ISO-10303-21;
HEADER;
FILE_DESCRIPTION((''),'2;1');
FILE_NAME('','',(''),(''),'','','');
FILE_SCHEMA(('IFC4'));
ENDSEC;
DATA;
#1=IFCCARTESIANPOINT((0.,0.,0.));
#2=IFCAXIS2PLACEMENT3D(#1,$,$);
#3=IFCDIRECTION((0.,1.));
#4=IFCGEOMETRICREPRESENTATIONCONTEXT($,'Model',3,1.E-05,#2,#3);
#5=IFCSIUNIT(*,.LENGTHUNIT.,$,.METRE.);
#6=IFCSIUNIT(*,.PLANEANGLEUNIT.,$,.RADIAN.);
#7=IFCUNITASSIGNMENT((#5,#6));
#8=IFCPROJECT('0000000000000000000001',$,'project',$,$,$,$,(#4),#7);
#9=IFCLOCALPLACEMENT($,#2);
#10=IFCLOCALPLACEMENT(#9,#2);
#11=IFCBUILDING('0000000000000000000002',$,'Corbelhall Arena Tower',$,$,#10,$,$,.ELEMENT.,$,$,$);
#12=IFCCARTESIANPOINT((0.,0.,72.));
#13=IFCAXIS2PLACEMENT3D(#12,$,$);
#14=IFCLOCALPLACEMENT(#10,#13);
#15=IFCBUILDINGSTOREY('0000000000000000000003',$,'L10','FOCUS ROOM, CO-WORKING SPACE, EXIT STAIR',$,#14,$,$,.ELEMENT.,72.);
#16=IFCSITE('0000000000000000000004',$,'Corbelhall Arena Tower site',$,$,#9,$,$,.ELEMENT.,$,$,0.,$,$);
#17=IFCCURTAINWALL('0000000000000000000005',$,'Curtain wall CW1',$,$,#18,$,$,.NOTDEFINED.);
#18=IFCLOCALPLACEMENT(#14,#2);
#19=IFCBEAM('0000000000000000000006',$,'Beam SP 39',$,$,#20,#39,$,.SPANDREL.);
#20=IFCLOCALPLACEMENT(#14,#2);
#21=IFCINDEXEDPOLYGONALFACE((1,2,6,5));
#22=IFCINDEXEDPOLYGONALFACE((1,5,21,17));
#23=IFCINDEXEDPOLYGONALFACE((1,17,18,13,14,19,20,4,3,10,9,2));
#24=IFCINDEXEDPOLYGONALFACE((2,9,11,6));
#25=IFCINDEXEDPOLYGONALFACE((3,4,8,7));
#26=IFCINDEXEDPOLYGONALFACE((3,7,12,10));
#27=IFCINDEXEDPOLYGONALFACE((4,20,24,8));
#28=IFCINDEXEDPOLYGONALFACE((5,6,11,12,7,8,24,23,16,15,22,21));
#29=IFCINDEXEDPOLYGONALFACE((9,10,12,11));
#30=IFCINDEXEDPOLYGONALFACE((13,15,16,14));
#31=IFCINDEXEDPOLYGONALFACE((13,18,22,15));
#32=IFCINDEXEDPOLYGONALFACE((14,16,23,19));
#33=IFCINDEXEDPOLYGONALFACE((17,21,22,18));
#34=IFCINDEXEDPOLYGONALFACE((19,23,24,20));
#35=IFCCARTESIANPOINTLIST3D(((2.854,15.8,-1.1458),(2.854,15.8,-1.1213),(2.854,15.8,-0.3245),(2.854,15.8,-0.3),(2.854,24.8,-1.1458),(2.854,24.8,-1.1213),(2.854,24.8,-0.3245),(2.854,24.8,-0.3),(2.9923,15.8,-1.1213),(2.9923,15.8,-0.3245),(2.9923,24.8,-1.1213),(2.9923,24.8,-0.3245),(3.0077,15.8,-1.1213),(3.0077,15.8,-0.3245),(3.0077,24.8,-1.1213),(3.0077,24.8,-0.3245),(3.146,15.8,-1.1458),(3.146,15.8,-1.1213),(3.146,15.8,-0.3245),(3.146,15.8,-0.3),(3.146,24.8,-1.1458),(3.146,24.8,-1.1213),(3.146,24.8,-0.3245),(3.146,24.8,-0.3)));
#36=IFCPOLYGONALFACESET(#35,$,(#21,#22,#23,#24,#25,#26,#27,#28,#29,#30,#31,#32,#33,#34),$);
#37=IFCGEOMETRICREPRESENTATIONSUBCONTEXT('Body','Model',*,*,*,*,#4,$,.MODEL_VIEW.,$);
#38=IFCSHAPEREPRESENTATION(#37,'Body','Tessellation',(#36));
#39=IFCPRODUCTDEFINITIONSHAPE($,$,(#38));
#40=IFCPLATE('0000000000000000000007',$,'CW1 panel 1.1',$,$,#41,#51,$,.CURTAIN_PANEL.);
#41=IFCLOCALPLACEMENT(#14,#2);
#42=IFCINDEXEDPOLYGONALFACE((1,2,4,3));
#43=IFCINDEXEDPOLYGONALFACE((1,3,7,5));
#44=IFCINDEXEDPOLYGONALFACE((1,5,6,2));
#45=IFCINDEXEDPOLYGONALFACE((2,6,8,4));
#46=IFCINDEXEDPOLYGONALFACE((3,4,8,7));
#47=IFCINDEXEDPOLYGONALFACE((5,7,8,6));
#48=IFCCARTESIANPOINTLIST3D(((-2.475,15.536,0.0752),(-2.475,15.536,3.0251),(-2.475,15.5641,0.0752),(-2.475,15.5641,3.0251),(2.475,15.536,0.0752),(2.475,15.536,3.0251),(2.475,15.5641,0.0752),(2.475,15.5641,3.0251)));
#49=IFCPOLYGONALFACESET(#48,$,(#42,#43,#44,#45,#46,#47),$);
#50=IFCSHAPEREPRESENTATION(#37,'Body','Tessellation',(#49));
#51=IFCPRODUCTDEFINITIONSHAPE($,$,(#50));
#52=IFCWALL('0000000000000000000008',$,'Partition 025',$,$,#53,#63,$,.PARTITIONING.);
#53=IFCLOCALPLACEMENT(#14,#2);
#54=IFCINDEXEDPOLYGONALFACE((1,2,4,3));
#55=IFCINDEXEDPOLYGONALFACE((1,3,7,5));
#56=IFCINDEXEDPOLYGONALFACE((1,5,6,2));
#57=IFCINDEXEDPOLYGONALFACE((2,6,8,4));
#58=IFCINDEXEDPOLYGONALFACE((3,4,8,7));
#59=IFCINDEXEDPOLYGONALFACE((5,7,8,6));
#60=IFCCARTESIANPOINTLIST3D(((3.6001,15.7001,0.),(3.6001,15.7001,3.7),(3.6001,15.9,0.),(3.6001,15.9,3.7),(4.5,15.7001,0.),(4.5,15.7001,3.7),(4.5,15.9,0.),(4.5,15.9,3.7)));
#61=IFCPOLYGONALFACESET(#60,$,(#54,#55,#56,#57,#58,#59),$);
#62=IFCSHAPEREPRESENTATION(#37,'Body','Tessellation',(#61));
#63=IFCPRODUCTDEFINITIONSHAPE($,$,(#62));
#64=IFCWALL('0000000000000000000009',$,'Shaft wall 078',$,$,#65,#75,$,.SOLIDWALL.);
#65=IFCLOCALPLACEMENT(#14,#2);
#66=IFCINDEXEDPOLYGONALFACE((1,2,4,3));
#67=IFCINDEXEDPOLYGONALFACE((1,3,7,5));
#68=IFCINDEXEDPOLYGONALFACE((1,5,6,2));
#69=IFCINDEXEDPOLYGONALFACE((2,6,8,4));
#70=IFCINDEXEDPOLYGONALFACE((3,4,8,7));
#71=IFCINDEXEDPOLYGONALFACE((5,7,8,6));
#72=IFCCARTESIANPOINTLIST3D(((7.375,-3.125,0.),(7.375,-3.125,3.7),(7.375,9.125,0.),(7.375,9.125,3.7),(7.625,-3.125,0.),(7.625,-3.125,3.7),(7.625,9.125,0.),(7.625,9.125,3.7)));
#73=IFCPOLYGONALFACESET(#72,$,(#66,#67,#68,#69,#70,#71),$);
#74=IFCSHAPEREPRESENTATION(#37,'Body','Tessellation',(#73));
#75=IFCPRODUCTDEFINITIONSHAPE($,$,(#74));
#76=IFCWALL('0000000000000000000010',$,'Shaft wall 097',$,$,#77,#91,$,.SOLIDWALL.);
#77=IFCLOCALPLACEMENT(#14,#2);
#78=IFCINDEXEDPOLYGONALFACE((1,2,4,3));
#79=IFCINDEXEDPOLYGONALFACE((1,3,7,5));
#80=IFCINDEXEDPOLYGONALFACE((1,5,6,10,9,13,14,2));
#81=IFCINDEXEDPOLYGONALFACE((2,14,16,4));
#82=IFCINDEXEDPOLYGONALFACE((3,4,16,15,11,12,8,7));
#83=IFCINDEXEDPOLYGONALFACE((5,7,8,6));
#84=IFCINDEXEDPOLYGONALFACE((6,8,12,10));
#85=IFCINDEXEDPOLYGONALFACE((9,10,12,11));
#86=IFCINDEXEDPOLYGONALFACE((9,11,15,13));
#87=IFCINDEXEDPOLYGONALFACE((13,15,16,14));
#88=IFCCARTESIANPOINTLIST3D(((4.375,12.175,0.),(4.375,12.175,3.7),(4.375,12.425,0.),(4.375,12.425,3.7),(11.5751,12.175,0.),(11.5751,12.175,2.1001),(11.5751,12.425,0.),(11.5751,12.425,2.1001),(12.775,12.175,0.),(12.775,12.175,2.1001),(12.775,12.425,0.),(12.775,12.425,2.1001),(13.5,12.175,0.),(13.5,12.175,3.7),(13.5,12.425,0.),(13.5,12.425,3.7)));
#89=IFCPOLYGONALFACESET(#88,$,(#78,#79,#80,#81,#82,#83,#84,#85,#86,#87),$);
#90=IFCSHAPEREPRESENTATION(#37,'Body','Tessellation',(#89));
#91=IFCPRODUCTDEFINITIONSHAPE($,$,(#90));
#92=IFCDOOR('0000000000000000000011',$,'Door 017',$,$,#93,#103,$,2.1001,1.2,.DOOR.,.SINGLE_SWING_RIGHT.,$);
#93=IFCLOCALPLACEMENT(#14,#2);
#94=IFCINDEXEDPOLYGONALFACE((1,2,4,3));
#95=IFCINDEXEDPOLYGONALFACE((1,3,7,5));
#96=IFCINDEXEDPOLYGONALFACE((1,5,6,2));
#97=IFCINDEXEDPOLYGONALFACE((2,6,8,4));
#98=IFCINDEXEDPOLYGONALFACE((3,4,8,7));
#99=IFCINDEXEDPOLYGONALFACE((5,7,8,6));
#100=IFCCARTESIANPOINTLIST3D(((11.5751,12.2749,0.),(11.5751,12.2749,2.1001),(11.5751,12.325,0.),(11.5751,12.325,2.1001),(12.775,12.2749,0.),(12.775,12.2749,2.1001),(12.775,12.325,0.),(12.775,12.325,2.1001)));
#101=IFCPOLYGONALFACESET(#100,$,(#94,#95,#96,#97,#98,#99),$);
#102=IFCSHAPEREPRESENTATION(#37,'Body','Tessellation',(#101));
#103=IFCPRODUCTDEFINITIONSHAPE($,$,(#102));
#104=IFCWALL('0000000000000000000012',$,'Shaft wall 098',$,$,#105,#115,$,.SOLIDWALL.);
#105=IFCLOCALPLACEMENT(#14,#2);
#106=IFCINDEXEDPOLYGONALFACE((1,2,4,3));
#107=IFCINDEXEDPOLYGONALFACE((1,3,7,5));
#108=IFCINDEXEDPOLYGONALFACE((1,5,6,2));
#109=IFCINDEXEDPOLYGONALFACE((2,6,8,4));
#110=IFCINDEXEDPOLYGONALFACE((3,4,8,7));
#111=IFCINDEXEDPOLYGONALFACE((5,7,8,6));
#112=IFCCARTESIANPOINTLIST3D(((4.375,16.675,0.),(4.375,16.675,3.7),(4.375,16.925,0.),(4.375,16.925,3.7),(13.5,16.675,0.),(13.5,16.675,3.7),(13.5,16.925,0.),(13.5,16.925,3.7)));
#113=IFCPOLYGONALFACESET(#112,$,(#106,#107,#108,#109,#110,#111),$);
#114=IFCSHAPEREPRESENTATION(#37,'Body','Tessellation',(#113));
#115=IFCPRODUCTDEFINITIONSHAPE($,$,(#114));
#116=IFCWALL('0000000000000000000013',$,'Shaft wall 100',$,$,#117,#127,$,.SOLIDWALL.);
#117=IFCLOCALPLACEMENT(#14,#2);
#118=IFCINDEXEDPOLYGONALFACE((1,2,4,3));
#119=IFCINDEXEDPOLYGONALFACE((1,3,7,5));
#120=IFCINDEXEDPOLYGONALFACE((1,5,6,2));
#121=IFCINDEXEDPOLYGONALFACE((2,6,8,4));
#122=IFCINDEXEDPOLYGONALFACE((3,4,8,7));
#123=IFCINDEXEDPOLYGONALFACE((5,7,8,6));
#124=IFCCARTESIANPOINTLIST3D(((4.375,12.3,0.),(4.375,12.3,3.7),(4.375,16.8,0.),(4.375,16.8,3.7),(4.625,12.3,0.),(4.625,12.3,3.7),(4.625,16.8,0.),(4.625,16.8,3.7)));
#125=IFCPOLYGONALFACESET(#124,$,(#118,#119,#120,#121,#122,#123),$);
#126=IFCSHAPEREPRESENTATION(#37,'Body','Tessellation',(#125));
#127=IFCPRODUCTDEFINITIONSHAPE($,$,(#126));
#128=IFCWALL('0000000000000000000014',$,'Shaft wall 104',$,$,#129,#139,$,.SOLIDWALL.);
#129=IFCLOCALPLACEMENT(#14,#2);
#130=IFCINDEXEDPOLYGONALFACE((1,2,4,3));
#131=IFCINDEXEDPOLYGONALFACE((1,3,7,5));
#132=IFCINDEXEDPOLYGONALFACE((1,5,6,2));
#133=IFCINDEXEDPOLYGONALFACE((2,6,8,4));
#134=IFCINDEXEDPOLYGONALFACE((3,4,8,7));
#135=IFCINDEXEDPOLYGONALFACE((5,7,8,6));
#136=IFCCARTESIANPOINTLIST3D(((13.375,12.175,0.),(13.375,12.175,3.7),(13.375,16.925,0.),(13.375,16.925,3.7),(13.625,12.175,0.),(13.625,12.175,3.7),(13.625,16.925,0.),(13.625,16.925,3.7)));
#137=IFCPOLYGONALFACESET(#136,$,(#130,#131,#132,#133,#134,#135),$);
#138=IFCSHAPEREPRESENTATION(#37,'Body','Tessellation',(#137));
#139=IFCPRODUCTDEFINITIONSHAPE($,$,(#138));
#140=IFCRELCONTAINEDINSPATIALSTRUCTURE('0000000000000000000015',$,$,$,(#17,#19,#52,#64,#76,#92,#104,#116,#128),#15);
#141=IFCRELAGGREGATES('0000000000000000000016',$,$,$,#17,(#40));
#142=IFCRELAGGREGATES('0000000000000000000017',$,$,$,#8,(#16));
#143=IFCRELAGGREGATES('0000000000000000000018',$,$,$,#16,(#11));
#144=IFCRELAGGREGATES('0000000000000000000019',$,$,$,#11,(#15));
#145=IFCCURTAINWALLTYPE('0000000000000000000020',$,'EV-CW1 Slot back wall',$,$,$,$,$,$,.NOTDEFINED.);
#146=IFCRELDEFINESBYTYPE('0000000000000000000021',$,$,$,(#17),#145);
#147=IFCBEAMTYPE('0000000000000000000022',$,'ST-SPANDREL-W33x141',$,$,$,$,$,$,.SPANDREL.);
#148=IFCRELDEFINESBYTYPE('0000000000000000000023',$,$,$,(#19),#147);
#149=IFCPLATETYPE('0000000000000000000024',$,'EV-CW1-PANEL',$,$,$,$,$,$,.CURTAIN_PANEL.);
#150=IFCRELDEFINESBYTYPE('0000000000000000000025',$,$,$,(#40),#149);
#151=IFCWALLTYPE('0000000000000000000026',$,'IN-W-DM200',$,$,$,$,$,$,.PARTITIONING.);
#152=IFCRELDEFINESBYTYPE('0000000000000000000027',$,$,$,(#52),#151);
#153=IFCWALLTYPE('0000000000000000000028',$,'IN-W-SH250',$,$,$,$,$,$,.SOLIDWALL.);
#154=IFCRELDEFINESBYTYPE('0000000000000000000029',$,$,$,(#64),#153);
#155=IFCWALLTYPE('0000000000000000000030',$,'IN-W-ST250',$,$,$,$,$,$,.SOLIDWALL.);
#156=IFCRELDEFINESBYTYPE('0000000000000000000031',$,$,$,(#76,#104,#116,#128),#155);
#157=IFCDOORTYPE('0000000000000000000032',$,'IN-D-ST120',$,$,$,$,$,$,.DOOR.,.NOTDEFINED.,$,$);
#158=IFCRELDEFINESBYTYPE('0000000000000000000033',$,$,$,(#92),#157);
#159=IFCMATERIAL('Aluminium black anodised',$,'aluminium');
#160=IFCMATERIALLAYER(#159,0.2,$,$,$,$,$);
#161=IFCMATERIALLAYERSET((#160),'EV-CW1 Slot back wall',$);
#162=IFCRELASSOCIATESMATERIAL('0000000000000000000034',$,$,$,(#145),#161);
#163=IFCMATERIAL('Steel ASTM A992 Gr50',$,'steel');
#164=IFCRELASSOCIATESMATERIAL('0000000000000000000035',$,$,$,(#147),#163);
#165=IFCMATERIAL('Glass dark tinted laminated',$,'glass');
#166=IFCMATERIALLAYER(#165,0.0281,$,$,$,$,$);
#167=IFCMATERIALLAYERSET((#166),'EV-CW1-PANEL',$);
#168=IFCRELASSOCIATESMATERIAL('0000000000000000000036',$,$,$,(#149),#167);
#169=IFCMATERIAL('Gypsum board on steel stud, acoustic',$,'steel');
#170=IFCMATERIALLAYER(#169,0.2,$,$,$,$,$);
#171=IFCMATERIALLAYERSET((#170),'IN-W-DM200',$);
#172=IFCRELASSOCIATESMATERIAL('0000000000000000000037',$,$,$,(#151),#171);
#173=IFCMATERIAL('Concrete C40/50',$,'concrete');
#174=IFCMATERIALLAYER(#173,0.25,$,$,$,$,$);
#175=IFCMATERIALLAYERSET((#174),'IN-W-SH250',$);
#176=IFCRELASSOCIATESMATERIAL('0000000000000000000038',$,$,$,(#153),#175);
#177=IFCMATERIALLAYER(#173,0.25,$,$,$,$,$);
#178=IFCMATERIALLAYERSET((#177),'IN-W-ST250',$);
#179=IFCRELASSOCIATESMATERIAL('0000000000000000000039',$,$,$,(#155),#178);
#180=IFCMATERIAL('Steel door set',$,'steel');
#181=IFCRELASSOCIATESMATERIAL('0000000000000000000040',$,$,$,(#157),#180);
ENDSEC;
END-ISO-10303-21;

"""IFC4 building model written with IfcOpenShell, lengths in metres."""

from ifc_helpers import new_model, si_unit, direction, frame, frame_2d, origin, origin_2d, place, context, subcontext, project, spatial, rectangle, i_section, extrude, material, layer, layer_set, material_profile, profile_set, type_object, element, fill, aggregate, save


model = new_model("IFC4")

# Units and contexts
model_context = context("Model", 3, precision=1e-05, world=origin(), true_north=direction((0.0, 1.0)))
body_context = subcontext(model_context, "Body", "Model", "MODEL_VIEW")
ifc_project = project(units=[si_unit("LENGTHUNIT", "METRE"), si_unit("PLANEANGLEUNIT", "RADIAN")], contexts=[model_context])

# Site, building, storey
site_placement = place(None, origin())
site = spatial("IfcSite", under=ifc_project, at=site_placement, Name="Corbelhall Arena Tower site", CompositionType="ELEMENT", RefElevation=0.0)
building_placement = place(site_placement, origin())
building = spatial("IfcBuilding", under=site, at=building_placement, Name="Corbelhall Arena Tower", CompositionType="ELEMENT")
storey_placement = place(building_placement, frame((0.0, 0.0, 72.0)))
storey = spatial("IfcBuildingStorey", under=building, at=storey_placement, Name="L10", Description="FOCUS ROOM, CO-WORKING SPACE, EXIT STAIR", CompositionType="ELEMENT", Elevation=72.0)

# Curtain wall
ifc_material_1 = material(Name="Aluminium black anodised", Category="aluminium")
ifc_layer_1 = layer(ifc_material_1, 0.2)
ifc_layer_set_1 = layer_set([ifc_layer_1], Name="EV-CW1 Slot back wall")
curtain_wall_type = type_object("IfcCurtainWallType", Name="EV-CW1 Slot back wall", PredefinedType="NOTDEFINED", material=ifc_layer_set_1)
curtain_wall_placement = place(storey_placement, origin())
curtain_wall = element("IfcCurtainWall", 1, at=curtain_wall_placement, inside=storey, type_object=curtain_wall_type, Name="Curtain wall CW1", PredefinedType="NOTDEFINED")

# Beam
ifc_material_2 = material(Name="Steel ASTM A992 Gr50", Category="steel")
ifc_material_profile_1 = material_profile(ifc_material_2, i_section(OverallWidth=0.292, OverallDepth=0.8457, WebThickness=0.0154, FlangeThickness=0.0244, at=origin_2d()))
ifc_profile_set_1 = profile_set([ifc_material_profile_1], Name="Steel ASTM A992 Gr50")
beam_type_1 = type_object("IfcBeamType", Name="ST-SPANDREL-W33x141", PredefinedType="SPANDREL", material=ifc_profile_set_1)
beam_1_placement = place(storey_placement, frame((3.0, 15.8, -0.7229), z_axis=(0.0, 1.0, 0.0), x_axis=(-1.0, 0.0, 0.0)))
element("IfcBeam", 2, at=beam_1_placement, inside=storey, type_object=beam_type_1, Name="Beam SP 39", PredefinedType="SPANDREL", context=body_context, shape_type="SweptSolid", body=[
    extrude(i_section(OverallWidth=0.292, OverallDepth=0.8457, WebThickness=0.0154, FlangeThickness=0.0244, at=origin_2d()), origin(), (0.0, 0.0, 1.0), 9.0),
])

# Plate
ifc_material_3 = material(Name="Glass dark tinted laminated", Category="glass")
ifc_layer_2 = layer(ifc_material_3, 0.0281)
ifc_layer_set_2 = layer_set([ifc_layer_2], Name="EV-CW1-PANEL")
plate_type = type_object("IfcPlateType", Name="EV-CW1-PANEL", PredefinedType="CURTAIN_PANEL", material=ifc_layer_set_2)
plate_placement = place(storey_placement, frame((0.0, 15.55, 0.0752), z_axis=(0.0, 0.0, 1.0), x_axis=(-1.0, 0.0, 0.0)))
plate = element("IfcPlate", 3, at=plate_placement, type_object=plate_type, Name="CW1 panel 1.1", PredefinedType="CURTAIN_PANEL", context=body_context, shape_type="SweptSolid", body=[
    extrude(rectangle(XDim=4.95, YDim=0.0281, at=origin_2d()), origin(), (0.0, 0.0, 1.0), 2.95),
])
aggregate(curtain_wall, [plate])

# Wall
ifc_material_4 = material(Name="Gypsum board on steel stud, acoustic", Category="steel")
ifc_layer_3 = layer(ifc_material_4, 0.2)
ifc_layer_set_3 = layer_set([ifc_layer_3], Name="IN-W-DM200")
wall_type_1 = type_object("IfcWallType", Name="IN-W-DM200", PredefinedType="PARTITIONING", material=ifc_layer_set_3)
wall_1_placement = place(storey_placement, frame((3.6001, 15.8, 0.0), z_axis=(0.0, 0.0, 1.0), x_axis=(1.0, 0.0, 0.0)))
element("IfcWall", 4, at=wall_1_placement, inside=storey, type_object=wall_type_1, Name="Partition 025", PredefinedType="PARTITIONING", context=body_context, shape_type="SweptSolid", body=[
    extrude(rectangle(XDim=0.8999, YDim=0.2, at=frame_2d((0.45, 0.0))), origin(), (0.0, 0.0, 1.0), 3.7),
])

# Shared definitions
ifc_material_5 = material(Name="Steel door set", Category="steel")

# Wall
ifc_material_6 = material(Name="Concrete C40/50", Category="concrete")
ifc_layer_4 = layer(ifc_material_6, 0.25)
ifc_layer_set_4 = layer_set([ifc_layer_4], Name="IN-W-SH250")
wall_type_2 = type_object("IfcWallType", Name="IN-W-SH250", PredefinedType="SOLIDWALL", material=ifc_layer_set_4)
wall_2_placement = place(storey_placement, frame((7.5, 9.125, 0.0), z_axis=(0.0, 0.0, 1.0), x_axis=(0.0, -1.0, 0.0)))
element("IfcWall", 5, at=wall_2_placement, inside=storey, type_object=wall_type_2, Name="Shaft wall 078", PredefinedType="SOLIDWALL", context=body_context, shape_type="SweptSolid", body=[
    extrude(rectangle(XDim=12.25, YDim=0.25, at=frame_2d((6.125, 0.0))), origin(), (0.0, 0.0, 1.0), 3.7),
])

# Wall, opening, door
ifc_layer_5 = layer(ifc_material_6, 0.25)
ifc_layer_set_5 = layer_set([ifc_layer_5], Name="IN-W-ST250")
wall_type_3 = type_object("IfcWallType", Name="IN-W-ST250", PredefinedType="SOLIDWALL", material=ifc_layer_set_5)
wall_3_placement = place(storey_placement, frame((4.375, 12.3, 0.0), z_axis=(0.0, 0.0, 1.0), x_axis=(1.0, 0.0, 0.0)))
wall_3 = element("IfcWall", 6, at=wall_3_placement, inside=storey, type_object=wall_type_3, Name="Shaft wall 097", PredefinedType="SOLIDWALL", context=body_context, shape_type="SweptSolid", body=[
    extrude(rectangle(XDim=9.125, YDim=0.25, at=frame_2d((4.5625, 0.0))), origin(), (0.0, 0.0, 1.0), 3.7),
])
opening_1_placement = place(wall_3_placement, frame((7.2, 0.0, 0.0)))
opening_1 = element("IfcOpeningElement", 7, at=opening_1_placement, cuts=wall_3, PredefinedType="OPENING", context=body_context, shape_type="SweptSolid", body=[
    extrude(rectangle(XDim=1.2, YDim=2.1001, at=frame_2d((0.6001, 1.05))), frame((0.0, 0.125, 0.0), z_axis=(0.0, -1.0, 0.0), x_axis=(1.0, 0.0, 0.0)), (0.0, 0.0, 1.0), 0.25),
])
door_type_1 = type_object("IfcDoorType", Name="IN-D-ST120", OperationType="NOTDEFINED", PredefinedType="DOOR", material=ifc_material_5)
door_1_placement = place(opening_1_placement, origin())
door_1 = element("IfcDoor", 8, at=door_1_placement, inside=storey, type_object=door_type_1, Name="Door 017", OperationType="SINGLE_SWING_RIGHT", OverallHeight=2.1001, OverallWidth=1.2, PredefinedType="DOOR", context=body_context, shape_type="SweptSolid", body=[
    extrude(rectangle(XDim=1.2, YDim=2.1001, at=frame_2d((0.6001, 1.05))), frame((0.0, 0.0249, 0.0), z_axis=(0.0, -1.0, 0.0), x_axis=(1.0, 0.0, 0.0)), (0.0, 0.0, 1.0), 0.05),
])
fill(opening_1, door_1)

# Walls
wall_4_placement = place(storey_placement, frame((4.375, 16.8, 0.0), z_axis=(0.0, 0.0, 1.0), x_axis=(1.0, 0.0, 0.0)))
element("IfcWall", 9, at=wall_4_placement, inside=storey, type_object=wall_type_3, Name="Shaft wall 098", PredefinedType="SOLIDWALL", context=body_context, shape_type="SweptSolid", body=[
    extrude(rectangle(XDim=9.125, YDim=0.25, at=frame_2d((4.5625, 0.0))), origin(), (0.0, 0.0, 1.0), 3.7),
])
wall_5_placement = place(storey_placement, frame((4.5, 12.3, 0.0), z_axis=(0.0, 0.0, 1.0), x_axis=(0.0, 1.0, 0.0)))
element("IfcWall", 10, at=wall_5_placement, inside=storey, type_object=wall_type_3, Name="Shaft wall 100", PredefinedType="SOLIDWALL", context=body_context, shape_type="SweptSolid", body=[
    extrude(rectangle(XDim=4.5, YDim=0.25, at=frame_2d((2.25, 0.0))), origin(), (0.0, 0.0, 1.0), 3.7),
])
wall_6_placement = place(storey_placement, frame((13.5, 12.175, 0.0), z_axis=(0.0, 0.0, 1.0), x_axis=(0.0, 1.0, 0.0)))
element("IfcWall", 11, at=wall_6_placement, inside=storey, type_object=wall_type_3, Name="Shaft wall 104", PredefinedType="SOLIDWALL", context=body_context, shape_type="SweptSolid", body=[
    extrude(rectangle(XDim=4.75, YDim=0.25, at=frame_2d((2.375, 0.0))), origin(), (0.0, 0.0, 1.0), 3.7),
])

save(model, "model.ifc")
